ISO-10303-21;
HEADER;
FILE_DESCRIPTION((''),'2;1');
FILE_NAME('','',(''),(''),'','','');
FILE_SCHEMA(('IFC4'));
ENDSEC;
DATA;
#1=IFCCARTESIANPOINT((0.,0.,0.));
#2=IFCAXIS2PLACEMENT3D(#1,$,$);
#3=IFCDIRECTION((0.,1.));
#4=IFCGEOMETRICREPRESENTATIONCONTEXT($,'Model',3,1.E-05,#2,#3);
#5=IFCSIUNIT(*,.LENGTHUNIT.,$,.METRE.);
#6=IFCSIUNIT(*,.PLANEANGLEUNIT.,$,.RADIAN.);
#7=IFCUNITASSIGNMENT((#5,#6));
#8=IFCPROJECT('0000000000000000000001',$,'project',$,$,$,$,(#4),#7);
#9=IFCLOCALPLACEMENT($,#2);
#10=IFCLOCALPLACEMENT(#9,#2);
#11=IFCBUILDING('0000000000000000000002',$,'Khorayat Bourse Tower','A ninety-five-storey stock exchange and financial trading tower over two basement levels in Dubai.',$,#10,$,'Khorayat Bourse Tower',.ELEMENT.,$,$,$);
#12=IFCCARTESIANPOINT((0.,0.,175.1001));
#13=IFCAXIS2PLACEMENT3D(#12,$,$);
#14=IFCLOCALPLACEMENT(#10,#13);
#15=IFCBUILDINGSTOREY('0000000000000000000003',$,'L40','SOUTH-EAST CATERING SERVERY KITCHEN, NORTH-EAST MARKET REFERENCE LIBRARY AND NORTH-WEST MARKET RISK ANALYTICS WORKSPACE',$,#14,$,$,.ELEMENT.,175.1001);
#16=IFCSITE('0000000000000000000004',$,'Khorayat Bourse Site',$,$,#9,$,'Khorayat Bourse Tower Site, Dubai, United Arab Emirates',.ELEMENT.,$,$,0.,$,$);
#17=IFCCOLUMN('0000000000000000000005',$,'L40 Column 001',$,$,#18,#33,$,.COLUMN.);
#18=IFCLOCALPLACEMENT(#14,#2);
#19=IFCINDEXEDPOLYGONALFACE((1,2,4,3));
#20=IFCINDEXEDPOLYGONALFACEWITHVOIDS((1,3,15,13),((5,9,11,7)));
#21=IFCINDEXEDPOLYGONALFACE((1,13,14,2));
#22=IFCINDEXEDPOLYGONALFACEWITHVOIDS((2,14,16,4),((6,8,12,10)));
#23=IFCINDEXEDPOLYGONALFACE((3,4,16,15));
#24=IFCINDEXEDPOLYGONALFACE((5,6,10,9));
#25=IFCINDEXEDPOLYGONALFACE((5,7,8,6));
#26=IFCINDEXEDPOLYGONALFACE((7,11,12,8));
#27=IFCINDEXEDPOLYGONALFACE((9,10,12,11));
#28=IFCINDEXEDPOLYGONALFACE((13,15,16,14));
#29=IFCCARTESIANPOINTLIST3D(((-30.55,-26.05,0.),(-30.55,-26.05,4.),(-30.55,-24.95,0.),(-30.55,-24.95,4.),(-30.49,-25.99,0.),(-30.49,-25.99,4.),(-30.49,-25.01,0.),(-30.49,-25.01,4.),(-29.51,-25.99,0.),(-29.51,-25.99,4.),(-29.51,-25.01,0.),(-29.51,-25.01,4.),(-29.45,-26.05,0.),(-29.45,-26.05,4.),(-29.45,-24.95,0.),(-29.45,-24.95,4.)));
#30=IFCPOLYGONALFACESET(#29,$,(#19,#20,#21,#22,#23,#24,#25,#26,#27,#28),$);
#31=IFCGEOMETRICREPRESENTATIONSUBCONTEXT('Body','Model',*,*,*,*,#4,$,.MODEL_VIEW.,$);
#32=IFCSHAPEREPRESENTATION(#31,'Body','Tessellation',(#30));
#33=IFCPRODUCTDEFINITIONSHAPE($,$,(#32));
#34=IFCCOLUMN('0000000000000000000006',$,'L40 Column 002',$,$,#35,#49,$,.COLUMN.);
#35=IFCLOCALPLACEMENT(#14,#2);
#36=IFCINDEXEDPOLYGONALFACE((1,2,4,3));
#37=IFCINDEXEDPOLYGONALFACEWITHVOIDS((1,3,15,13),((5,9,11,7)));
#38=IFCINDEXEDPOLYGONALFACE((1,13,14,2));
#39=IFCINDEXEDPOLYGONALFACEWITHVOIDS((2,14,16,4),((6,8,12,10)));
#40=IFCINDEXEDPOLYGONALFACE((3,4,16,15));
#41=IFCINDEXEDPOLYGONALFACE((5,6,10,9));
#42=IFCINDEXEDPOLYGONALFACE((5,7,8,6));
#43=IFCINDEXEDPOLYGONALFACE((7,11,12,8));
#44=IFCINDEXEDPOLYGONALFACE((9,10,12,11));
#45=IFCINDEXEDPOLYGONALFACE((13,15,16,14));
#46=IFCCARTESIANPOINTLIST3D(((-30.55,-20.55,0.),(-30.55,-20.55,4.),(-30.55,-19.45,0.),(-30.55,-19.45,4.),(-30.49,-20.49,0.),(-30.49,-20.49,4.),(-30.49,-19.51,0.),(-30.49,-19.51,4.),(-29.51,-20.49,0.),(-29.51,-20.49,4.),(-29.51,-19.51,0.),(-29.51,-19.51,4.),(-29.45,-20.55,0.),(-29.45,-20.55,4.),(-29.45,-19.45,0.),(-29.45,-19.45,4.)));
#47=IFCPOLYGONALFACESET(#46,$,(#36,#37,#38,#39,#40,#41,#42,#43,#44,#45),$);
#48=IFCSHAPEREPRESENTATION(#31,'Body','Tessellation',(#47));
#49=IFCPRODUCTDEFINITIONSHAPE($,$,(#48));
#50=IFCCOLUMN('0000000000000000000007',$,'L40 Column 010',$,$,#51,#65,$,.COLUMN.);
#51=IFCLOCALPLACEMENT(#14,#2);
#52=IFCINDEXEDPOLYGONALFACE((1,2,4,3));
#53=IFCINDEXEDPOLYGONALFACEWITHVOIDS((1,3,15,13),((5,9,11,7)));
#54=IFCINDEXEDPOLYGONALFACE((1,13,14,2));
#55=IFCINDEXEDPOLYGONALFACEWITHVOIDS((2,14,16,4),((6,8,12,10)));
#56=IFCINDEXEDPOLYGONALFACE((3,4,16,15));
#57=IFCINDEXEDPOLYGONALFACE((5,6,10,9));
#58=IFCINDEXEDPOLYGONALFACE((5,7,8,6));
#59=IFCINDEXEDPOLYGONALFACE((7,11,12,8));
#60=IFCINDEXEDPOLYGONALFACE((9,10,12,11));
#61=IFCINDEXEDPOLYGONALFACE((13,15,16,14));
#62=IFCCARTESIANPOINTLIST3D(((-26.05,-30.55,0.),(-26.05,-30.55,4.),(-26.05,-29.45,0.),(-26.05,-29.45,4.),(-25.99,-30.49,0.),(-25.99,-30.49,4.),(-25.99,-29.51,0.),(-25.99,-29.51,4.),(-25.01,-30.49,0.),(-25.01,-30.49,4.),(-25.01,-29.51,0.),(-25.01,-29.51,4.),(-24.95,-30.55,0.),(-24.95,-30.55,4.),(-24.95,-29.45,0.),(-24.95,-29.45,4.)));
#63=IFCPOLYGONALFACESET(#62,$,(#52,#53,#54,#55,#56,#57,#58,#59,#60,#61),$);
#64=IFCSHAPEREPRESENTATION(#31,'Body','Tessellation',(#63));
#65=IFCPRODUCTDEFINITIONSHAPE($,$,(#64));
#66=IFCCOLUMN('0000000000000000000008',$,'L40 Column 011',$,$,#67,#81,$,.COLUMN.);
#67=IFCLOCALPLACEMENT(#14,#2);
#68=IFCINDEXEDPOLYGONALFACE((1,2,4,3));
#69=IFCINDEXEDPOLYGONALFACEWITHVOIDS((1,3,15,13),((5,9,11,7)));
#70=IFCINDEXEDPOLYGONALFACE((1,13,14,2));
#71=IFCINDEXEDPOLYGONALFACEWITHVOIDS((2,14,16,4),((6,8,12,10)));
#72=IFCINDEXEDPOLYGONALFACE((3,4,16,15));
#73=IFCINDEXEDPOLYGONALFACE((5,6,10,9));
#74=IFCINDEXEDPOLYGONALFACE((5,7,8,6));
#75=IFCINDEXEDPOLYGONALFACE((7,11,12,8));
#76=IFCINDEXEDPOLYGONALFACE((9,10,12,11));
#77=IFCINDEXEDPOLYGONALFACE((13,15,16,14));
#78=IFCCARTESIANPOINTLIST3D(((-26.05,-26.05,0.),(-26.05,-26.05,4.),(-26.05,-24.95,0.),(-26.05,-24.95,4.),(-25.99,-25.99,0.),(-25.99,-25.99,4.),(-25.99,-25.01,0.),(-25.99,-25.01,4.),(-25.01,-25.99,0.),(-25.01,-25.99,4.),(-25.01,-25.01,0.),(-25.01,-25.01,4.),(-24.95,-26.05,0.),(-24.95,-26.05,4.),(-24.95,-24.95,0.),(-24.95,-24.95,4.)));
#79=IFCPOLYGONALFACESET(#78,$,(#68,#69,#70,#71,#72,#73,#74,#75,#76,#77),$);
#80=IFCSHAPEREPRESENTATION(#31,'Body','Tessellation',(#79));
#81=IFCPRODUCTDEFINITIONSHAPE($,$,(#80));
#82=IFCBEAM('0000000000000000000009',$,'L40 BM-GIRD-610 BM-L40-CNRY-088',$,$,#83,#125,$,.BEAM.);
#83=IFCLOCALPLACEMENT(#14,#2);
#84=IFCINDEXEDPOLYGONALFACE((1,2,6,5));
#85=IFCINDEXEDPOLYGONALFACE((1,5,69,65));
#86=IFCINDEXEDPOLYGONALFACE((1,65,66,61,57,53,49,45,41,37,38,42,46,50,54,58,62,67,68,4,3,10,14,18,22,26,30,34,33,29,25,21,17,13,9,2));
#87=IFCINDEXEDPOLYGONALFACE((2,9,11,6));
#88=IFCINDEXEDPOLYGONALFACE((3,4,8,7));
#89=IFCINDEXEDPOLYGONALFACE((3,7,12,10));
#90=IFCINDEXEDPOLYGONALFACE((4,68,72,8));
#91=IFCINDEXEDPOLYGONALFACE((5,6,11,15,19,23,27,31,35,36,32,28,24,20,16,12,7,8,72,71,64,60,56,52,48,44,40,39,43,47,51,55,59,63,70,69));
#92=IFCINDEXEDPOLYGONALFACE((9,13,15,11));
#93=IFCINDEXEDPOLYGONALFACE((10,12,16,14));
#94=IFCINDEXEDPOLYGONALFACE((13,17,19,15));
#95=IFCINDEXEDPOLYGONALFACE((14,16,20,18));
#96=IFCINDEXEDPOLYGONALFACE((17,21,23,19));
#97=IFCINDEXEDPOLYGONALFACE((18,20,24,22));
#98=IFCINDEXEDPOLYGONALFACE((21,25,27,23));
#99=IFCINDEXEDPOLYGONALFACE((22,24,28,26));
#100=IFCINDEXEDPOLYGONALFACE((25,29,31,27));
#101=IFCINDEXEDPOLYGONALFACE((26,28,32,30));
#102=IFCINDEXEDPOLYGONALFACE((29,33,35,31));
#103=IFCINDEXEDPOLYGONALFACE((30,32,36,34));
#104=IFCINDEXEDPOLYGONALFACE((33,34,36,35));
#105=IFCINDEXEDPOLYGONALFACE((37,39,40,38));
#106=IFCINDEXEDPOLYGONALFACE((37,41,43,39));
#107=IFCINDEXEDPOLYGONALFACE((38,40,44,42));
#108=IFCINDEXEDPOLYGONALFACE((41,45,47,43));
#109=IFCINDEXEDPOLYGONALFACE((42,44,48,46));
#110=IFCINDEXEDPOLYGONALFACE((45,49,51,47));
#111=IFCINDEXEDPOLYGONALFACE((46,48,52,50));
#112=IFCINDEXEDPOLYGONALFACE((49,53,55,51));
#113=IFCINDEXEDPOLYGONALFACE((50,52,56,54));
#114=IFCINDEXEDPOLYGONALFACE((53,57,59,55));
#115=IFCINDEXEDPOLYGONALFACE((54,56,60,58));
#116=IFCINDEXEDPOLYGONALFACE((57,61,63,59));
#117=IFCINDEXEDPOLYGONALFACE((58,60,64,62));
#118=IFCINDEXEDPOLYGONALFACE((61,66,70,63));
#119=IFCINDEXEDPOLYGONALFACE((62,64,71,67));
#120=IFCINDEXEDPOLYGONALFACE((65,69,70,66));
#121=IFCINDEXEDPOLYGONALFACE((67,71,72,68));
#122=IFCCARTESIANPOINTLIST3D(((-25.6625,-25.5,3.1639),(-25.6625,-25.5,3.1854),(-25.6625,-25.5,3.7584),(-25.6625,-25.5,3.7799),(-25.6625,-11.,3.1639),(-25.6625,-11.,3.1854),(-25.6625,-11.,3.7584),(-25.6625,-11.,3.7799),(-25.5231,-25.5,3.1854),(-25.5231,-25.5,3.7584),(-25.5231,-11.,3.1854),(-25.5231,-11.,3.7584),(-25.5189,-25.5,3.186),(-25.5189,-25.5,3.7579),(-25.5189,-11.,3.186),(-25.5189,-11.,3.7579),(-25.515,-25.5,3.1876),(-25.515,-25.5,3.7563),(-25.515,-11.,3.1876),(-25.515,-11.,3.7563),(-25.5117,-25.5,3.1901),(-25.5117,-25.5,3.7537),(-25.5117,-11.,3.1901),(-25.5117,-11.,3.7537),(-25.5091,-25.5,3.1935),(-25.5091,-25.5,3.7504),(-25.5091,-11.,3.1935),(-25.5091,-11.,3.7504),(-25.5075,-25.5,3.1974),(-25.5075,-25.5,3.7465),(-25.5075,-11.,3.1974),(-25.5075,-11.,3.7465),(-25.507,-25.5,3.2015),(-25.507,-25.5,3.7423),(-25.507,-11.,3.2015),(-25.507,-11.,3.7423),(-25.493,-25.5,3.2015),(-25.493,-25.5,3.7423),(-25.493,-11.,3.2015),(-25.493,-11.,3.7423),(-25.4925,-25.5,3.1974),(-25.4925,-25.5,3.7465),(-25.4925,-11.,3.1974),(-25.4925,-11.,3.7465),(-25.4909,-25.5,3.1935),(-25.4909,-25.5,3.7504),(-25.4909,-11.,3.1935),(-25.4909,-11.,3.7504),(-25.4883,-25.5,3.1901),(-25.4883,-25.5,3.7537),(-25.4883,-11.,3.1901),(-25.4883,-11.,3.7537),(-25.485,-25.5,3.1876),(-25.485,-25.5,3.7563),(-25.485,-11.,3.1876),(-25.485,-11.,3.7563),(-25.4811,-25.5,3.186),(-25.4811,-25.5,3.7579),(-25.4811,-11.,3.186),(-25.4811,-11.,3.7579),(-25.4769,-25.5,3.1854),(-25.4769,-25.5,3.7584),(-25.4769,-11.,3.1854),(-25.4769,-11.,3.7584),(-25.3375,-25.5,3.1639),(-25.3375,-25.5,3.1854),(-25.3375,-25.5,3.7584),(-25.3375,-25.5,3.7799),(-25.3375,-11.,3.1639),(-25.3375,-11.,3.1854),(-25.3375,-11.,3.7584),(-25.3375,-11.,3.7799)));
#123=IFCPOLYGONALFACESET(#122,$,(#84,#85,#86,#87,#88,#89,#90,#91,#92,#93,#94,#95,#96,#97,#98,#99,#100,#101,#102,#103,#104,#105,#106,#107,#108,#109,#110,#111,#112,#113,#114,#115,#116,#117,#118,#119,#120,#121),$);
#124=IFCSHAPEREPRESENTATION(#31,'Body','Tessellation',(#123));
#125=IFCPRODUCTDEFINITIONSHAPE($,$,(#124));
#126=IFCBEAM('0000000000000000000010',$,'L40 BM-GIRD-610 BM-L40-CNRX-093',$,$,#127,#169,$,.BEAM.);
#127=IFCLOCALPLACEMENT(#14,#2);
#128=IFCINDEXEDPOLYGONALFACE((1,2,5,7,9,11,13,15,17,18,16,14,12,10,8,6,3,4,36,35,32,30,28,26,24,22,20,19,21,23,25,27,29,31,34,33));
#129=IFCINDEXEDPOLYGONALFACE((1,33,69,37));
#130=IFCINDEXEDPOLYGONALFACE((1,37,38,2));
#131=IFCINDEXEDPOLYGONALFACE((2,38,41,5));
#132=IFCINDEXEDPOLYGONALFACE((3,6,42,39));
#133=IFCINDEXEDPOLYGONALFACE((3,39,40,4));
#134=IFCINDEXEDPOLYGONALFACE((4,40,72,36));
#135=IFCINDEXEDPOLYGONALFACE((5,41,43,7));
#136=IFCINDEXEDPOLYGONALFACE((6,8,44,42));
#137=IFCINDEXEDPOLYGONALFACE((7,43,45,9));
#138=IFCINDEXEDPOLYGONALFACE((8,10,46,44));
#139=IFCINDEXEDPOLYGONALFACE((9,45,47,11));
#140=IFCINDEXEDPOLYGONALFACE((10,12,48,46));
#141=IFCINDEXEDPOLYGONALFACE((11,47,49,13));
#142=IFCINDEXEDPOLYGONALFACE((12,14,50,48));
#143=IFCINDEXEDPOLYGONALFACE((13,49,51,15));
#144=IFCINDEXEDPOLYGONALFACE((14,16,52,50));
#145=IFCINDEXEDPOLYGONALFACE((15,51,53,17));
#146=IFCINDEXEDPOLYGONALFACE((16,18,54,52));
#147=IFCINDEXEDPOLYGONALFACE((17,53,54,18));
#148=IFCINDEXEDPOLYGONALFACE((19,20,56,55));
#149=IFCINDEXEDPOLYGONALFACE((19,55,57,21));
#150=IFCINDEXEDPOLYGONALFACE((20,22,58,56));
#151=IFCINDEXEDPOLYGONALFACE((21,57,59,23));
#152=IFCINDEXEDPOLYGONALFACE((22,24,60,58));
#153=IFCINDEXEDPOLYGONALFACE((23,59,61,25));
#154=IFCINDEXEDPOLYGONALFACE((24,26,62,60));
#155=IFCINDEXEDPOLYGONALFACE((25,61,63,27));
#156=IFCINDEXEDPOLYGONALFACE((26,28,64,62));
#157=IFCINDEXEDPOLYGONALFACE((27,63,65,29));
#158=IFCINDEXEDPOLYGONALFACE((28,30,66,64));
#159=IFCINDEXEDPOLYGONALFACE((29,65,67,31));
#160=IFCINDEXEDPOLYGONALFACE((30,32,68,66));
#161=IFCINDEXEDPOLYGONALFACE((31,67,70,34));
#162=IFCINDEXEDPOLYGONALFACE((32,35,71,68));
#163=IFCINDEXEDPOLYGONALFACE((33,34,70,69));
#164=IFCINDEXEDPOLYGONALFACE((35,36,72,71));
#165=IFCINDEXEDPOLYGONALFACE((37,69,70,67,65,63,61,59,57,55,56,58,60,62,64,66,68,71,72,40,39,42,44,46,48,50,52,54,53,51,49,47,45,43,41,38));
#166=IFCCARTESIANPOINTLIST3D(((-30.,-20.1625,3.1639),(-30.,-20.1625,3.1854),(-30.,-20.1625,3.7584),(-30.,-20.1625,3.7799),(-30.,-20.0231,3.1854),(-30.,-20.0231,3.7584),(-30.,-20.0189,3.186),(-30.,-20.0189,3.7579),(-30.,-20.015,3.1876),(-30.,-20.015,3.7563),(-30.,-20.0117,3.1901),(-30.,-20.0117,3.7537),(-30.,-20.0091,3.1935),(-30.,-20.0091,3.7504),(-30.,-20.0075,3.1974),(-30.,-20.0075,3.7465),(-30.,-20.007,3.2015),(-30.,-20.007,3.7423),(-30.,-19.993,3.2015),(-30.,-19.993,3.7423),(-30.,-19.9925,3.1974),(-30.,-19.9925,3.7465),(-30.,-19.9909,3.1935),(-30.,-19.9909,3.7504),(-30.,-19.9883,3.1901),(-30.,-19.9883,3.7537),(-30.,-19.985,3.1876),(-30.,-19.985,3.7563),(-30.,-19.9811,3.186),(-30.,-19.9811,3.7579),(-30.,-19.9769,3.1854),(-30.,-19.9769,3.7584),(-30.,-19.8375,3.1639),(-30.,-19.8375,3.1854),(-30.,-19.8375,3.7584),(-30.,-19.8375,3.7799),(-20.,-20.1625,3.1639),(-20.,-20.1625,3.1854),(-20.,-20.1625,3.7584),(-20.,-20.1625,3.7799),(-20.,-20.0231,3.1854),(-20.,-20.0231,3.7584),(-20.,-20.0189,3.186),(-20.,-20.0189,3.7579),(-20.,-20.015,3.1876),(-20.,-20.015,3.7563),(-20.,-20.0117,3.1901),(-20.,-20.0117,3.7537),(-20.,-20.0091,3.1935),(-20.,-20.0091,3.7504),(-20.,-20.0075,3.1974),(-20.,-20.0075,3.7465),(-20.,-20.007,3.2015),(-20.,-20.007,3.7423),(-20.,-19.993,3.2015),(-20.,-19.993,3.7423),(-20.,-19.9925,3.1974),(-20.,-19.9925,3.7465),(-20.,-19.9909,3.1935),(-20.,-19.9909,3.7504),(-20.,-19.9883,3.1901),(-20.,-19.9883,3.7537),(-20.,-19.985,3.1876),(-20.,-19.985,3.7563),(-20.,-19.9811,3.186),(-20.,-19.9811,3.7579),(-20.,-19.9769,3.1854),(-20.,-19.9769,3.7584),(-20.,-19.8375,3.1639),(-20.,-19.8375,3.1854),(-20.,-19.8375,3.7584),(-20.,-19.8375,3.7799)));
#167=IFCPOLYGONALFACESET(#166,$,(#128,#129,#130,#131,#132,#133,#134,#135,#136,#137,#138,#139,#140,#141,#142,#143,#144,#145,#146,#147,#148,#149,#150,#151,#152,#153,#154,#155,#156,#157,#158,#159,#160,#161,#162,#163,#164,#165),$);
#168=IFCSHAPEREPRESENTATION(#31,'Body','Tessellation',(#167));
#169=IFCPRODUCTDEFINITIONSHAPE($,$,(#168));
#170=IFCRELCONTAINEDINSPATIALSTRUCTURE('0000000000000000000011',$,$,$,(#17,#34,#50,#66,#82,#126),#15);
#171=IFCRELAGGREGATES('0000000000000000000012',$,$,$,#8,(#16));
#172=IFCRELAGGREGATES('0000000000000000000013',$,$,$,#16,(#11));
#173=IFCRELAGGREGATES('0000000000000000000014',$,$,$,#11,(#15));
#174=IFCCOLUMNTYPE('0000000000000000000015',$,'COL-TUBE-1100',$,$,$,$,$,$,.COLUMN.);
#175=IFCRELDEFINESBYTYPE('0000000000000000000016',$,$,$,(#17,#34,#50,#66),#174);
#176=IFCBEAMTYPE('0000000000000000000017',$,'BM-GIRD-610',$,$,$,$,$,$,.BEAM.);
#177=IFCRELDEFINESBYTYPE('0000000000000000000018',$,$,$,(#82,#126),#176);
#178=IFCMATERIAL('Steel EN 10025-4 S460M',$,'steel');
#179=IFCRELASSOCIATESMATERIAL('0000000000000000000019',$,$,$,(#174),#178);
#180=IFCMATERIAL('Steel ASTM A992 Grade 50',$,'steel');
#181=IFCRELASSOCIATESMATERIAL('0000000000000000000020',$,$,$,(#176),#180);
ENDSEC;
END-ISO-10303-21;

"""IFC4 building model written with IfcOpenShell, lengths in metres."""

from ifc_helpers import new_model, si_unit, direction, frame, origin, origin_2d, place, context, subcontext, project, spatial, hollow_rectangle, i_section, extrude, source, transform, mapped, material, material_profile, profile_set, type_object, element, save


model = new_model("IFC4")

# Units and contexts
model_context = context("Model", 3, precision=1e-05, world=origin(), true_north=direction((0.0, 1.0)))
body_context = subcontext(model_context, "Body", "Model", "MODEL_VIEW")
ifc_project = project(units=[si_unit("LENGTHUNIT", "METRE"), si_unit("PLANEANGLEUNIT", "RADIAN")], contexts=[model_context])

# Site, building, storey
site_placement = place(None, origin())
site = spatial("IfcSite", under=ifc_project, at=site_placement, Name="Khorayat Bourse Site", LongName="Khorayat Bourse Tower Site, Dubai, United Arab Emirates", CompositionType="ELEMENT", RefElevation=0.0)
building_placement = place(site_placement, origin())
building = spatial("IfcBuilding", under=site, at=building_placement, Name="Khorayat Bourse Tower", Description="A ninety-five-storey stock exchange and financial trading tower over two basement levels in Dubai.", LongName="Khorayat Bourse Tower", CompositionType="ELEMENT")
storey_placement = place(building_placement, frame((0.0, 0.0, 175.1001)))
storey = spatial("IfcBuildingStorey", under=building, at=storey_placement, Name="L40", Description="SOUTH-EAST CATERING SERVERY KITCHEN, NORTH-EAST MARKET REFERENCE LIBRARY AND NORTH-WEST MARKET RISK ANALYTICS WORKSPACE", CompositionType="ELEMENT", Elevation=175.1001)

# Columns
ifc_material_1 = material(Name="Steel EN 10025-4 S460M", Category="steel")
ifc_material_profile_1 = material_profile(ifc_material_1, hollow_rectangle(XDim=1.1001, YDim=1.1001, WallThickness=0.0601, at=origin_2d()), Name="BOX 1100x1100x60")
ifc_profile_set_1 = profile_set([ifc_material_profile_1], Name="Steel EN 10025-4 S460M")
column_type = type_object("IfcColumnType", Name="COL-TUBE-1100", PredefinedType="COLUMN", material=ifc_profile_set_1)
shared_shape_1 = source(origin(), body_context, "Body", "SweptSolid", [
    extrude(hollow_rectangle(XDim=1.1001, YDim=1.1001, WallThickness=0.0601, at=origin_2d()), origin(), (0.0, 0.0, 1.0), 4.0),
])
for number, where, z_axis, x_axis, name in (
    (1, (-30.0, -25.5, 0.0), (0.0, 0.0, 1.0), (1.0, 0.0, 0.0), "L40 Column 001"),
    (2, (-30.0, -20.0, 0.0), (0.0, 0.0, 1.0), (1.0, 0.0, 0.0), "L40 Column 002"),
    (3, (-25.5, -30.0, 0.0), (0.0, 0.0, 1.0), (1.0, 0.0, 0.0), "L40 Column 010"),
    (4, (-25.5, -25.5, 0.0), (0.0, 0.0, 1.0), (1.0, 0.0, 0.0), "L40 Column 011"),
):
    element("IfcColumn", number, at=place(storey_placement, frame(where, z_axis=z_axis, x_axis=x_axis)), inside=storey, type_object=column_type, Name=name, PredefinedType="COLUMN", context=body_context, shape_type="MappedRepresentation", body=[
        mapped(shared_shape_1, transform((0.0, 0.0, 0.0), scale=1.0)),
    ])

# Beams
ifc_material_2 = material(Name="Steel ASTM A992 Grade 50", Category="steel")
ifc_material_profile_2 = material_profile(ifc_material_2, i_section(OverallWidth=0.325, OverallDepth=0.616, WebThickness=0.0139, FlangeThickness=0.0215, FilletRadius=0.0161, at=origin_2d()), Name="W610X174")
ifc_profile_set_2 = profile_set([ifc_material_profile_2], Name="Steel ASTM A992 Grade 50")
beam_type_1 = type_object("IfcBeamType", Name="BM-GIRD-610", PredefinedType="BEAM", material=ifc_profile_set_2)
shared_shape_2 = source(origin(), body_context, "Body", "SweptSolid", [
    extrude(i_section(OverallWidth=0.325, OverallDepth=0.616, WebThickness=0.0139, FlangeThickness=0.0215, FilletRadius=0.0161, at=origin_2d()), origin(), (0.0, 0.0, 1.0), 14.5),
])
beam_1_placement = place(storey_placement, frame((-25.5, -25.5, 3.4719), z_axis=(0.0, 1.0, 0.0), x_axis=(-1.0, 0.0, 0.0)))
element("IfcBeam", 5, at=beam_1_placement, inside=storey, type_object=beam_type_1, Name="L40 BM-GIRD-610 BM-L40-CNRY-088", PredefinedType="BEAM", context=body_context, shape_type="MappedRepresentation", body=[
    mapped(shared_shape_2, transform((0.0, 0.0, 0.0), scale=1.0)),
])
shared_shape_3 = source(origin(), body_context, "Body", "SweptSolid", [
    extrude(i_section(OverallWidth=0.325, OverallDepth=0.616, WebThickness=0.0139, FlangeThickness=0.0215, FilletRadius=0.0161, at=origin_2d()), origin(), (0.0, 0.0, 1.0), 10.0),
])
beam_2_placement = place(storey_placement, frame((-30.0, -20.0, 3.4719), z_axis=(1.0, 0.0, 0.0), x_axis=(0.0, 1.0, 0.0)))
element("IfcBeam", 6, at=beam_2_placement, inside=storey, type_object=beam_type_1, Name="L40 BM-GIRD-610 BM-L40-CNRX-093", PredefinedType="BEAM", context=body_context, shape_type="MappedRepresentation", body=[
    mapped(shared_shape_3, transform((0.0, 0.0, 0.0), scale=1.0)),
])

save(model, "model.ifc")
